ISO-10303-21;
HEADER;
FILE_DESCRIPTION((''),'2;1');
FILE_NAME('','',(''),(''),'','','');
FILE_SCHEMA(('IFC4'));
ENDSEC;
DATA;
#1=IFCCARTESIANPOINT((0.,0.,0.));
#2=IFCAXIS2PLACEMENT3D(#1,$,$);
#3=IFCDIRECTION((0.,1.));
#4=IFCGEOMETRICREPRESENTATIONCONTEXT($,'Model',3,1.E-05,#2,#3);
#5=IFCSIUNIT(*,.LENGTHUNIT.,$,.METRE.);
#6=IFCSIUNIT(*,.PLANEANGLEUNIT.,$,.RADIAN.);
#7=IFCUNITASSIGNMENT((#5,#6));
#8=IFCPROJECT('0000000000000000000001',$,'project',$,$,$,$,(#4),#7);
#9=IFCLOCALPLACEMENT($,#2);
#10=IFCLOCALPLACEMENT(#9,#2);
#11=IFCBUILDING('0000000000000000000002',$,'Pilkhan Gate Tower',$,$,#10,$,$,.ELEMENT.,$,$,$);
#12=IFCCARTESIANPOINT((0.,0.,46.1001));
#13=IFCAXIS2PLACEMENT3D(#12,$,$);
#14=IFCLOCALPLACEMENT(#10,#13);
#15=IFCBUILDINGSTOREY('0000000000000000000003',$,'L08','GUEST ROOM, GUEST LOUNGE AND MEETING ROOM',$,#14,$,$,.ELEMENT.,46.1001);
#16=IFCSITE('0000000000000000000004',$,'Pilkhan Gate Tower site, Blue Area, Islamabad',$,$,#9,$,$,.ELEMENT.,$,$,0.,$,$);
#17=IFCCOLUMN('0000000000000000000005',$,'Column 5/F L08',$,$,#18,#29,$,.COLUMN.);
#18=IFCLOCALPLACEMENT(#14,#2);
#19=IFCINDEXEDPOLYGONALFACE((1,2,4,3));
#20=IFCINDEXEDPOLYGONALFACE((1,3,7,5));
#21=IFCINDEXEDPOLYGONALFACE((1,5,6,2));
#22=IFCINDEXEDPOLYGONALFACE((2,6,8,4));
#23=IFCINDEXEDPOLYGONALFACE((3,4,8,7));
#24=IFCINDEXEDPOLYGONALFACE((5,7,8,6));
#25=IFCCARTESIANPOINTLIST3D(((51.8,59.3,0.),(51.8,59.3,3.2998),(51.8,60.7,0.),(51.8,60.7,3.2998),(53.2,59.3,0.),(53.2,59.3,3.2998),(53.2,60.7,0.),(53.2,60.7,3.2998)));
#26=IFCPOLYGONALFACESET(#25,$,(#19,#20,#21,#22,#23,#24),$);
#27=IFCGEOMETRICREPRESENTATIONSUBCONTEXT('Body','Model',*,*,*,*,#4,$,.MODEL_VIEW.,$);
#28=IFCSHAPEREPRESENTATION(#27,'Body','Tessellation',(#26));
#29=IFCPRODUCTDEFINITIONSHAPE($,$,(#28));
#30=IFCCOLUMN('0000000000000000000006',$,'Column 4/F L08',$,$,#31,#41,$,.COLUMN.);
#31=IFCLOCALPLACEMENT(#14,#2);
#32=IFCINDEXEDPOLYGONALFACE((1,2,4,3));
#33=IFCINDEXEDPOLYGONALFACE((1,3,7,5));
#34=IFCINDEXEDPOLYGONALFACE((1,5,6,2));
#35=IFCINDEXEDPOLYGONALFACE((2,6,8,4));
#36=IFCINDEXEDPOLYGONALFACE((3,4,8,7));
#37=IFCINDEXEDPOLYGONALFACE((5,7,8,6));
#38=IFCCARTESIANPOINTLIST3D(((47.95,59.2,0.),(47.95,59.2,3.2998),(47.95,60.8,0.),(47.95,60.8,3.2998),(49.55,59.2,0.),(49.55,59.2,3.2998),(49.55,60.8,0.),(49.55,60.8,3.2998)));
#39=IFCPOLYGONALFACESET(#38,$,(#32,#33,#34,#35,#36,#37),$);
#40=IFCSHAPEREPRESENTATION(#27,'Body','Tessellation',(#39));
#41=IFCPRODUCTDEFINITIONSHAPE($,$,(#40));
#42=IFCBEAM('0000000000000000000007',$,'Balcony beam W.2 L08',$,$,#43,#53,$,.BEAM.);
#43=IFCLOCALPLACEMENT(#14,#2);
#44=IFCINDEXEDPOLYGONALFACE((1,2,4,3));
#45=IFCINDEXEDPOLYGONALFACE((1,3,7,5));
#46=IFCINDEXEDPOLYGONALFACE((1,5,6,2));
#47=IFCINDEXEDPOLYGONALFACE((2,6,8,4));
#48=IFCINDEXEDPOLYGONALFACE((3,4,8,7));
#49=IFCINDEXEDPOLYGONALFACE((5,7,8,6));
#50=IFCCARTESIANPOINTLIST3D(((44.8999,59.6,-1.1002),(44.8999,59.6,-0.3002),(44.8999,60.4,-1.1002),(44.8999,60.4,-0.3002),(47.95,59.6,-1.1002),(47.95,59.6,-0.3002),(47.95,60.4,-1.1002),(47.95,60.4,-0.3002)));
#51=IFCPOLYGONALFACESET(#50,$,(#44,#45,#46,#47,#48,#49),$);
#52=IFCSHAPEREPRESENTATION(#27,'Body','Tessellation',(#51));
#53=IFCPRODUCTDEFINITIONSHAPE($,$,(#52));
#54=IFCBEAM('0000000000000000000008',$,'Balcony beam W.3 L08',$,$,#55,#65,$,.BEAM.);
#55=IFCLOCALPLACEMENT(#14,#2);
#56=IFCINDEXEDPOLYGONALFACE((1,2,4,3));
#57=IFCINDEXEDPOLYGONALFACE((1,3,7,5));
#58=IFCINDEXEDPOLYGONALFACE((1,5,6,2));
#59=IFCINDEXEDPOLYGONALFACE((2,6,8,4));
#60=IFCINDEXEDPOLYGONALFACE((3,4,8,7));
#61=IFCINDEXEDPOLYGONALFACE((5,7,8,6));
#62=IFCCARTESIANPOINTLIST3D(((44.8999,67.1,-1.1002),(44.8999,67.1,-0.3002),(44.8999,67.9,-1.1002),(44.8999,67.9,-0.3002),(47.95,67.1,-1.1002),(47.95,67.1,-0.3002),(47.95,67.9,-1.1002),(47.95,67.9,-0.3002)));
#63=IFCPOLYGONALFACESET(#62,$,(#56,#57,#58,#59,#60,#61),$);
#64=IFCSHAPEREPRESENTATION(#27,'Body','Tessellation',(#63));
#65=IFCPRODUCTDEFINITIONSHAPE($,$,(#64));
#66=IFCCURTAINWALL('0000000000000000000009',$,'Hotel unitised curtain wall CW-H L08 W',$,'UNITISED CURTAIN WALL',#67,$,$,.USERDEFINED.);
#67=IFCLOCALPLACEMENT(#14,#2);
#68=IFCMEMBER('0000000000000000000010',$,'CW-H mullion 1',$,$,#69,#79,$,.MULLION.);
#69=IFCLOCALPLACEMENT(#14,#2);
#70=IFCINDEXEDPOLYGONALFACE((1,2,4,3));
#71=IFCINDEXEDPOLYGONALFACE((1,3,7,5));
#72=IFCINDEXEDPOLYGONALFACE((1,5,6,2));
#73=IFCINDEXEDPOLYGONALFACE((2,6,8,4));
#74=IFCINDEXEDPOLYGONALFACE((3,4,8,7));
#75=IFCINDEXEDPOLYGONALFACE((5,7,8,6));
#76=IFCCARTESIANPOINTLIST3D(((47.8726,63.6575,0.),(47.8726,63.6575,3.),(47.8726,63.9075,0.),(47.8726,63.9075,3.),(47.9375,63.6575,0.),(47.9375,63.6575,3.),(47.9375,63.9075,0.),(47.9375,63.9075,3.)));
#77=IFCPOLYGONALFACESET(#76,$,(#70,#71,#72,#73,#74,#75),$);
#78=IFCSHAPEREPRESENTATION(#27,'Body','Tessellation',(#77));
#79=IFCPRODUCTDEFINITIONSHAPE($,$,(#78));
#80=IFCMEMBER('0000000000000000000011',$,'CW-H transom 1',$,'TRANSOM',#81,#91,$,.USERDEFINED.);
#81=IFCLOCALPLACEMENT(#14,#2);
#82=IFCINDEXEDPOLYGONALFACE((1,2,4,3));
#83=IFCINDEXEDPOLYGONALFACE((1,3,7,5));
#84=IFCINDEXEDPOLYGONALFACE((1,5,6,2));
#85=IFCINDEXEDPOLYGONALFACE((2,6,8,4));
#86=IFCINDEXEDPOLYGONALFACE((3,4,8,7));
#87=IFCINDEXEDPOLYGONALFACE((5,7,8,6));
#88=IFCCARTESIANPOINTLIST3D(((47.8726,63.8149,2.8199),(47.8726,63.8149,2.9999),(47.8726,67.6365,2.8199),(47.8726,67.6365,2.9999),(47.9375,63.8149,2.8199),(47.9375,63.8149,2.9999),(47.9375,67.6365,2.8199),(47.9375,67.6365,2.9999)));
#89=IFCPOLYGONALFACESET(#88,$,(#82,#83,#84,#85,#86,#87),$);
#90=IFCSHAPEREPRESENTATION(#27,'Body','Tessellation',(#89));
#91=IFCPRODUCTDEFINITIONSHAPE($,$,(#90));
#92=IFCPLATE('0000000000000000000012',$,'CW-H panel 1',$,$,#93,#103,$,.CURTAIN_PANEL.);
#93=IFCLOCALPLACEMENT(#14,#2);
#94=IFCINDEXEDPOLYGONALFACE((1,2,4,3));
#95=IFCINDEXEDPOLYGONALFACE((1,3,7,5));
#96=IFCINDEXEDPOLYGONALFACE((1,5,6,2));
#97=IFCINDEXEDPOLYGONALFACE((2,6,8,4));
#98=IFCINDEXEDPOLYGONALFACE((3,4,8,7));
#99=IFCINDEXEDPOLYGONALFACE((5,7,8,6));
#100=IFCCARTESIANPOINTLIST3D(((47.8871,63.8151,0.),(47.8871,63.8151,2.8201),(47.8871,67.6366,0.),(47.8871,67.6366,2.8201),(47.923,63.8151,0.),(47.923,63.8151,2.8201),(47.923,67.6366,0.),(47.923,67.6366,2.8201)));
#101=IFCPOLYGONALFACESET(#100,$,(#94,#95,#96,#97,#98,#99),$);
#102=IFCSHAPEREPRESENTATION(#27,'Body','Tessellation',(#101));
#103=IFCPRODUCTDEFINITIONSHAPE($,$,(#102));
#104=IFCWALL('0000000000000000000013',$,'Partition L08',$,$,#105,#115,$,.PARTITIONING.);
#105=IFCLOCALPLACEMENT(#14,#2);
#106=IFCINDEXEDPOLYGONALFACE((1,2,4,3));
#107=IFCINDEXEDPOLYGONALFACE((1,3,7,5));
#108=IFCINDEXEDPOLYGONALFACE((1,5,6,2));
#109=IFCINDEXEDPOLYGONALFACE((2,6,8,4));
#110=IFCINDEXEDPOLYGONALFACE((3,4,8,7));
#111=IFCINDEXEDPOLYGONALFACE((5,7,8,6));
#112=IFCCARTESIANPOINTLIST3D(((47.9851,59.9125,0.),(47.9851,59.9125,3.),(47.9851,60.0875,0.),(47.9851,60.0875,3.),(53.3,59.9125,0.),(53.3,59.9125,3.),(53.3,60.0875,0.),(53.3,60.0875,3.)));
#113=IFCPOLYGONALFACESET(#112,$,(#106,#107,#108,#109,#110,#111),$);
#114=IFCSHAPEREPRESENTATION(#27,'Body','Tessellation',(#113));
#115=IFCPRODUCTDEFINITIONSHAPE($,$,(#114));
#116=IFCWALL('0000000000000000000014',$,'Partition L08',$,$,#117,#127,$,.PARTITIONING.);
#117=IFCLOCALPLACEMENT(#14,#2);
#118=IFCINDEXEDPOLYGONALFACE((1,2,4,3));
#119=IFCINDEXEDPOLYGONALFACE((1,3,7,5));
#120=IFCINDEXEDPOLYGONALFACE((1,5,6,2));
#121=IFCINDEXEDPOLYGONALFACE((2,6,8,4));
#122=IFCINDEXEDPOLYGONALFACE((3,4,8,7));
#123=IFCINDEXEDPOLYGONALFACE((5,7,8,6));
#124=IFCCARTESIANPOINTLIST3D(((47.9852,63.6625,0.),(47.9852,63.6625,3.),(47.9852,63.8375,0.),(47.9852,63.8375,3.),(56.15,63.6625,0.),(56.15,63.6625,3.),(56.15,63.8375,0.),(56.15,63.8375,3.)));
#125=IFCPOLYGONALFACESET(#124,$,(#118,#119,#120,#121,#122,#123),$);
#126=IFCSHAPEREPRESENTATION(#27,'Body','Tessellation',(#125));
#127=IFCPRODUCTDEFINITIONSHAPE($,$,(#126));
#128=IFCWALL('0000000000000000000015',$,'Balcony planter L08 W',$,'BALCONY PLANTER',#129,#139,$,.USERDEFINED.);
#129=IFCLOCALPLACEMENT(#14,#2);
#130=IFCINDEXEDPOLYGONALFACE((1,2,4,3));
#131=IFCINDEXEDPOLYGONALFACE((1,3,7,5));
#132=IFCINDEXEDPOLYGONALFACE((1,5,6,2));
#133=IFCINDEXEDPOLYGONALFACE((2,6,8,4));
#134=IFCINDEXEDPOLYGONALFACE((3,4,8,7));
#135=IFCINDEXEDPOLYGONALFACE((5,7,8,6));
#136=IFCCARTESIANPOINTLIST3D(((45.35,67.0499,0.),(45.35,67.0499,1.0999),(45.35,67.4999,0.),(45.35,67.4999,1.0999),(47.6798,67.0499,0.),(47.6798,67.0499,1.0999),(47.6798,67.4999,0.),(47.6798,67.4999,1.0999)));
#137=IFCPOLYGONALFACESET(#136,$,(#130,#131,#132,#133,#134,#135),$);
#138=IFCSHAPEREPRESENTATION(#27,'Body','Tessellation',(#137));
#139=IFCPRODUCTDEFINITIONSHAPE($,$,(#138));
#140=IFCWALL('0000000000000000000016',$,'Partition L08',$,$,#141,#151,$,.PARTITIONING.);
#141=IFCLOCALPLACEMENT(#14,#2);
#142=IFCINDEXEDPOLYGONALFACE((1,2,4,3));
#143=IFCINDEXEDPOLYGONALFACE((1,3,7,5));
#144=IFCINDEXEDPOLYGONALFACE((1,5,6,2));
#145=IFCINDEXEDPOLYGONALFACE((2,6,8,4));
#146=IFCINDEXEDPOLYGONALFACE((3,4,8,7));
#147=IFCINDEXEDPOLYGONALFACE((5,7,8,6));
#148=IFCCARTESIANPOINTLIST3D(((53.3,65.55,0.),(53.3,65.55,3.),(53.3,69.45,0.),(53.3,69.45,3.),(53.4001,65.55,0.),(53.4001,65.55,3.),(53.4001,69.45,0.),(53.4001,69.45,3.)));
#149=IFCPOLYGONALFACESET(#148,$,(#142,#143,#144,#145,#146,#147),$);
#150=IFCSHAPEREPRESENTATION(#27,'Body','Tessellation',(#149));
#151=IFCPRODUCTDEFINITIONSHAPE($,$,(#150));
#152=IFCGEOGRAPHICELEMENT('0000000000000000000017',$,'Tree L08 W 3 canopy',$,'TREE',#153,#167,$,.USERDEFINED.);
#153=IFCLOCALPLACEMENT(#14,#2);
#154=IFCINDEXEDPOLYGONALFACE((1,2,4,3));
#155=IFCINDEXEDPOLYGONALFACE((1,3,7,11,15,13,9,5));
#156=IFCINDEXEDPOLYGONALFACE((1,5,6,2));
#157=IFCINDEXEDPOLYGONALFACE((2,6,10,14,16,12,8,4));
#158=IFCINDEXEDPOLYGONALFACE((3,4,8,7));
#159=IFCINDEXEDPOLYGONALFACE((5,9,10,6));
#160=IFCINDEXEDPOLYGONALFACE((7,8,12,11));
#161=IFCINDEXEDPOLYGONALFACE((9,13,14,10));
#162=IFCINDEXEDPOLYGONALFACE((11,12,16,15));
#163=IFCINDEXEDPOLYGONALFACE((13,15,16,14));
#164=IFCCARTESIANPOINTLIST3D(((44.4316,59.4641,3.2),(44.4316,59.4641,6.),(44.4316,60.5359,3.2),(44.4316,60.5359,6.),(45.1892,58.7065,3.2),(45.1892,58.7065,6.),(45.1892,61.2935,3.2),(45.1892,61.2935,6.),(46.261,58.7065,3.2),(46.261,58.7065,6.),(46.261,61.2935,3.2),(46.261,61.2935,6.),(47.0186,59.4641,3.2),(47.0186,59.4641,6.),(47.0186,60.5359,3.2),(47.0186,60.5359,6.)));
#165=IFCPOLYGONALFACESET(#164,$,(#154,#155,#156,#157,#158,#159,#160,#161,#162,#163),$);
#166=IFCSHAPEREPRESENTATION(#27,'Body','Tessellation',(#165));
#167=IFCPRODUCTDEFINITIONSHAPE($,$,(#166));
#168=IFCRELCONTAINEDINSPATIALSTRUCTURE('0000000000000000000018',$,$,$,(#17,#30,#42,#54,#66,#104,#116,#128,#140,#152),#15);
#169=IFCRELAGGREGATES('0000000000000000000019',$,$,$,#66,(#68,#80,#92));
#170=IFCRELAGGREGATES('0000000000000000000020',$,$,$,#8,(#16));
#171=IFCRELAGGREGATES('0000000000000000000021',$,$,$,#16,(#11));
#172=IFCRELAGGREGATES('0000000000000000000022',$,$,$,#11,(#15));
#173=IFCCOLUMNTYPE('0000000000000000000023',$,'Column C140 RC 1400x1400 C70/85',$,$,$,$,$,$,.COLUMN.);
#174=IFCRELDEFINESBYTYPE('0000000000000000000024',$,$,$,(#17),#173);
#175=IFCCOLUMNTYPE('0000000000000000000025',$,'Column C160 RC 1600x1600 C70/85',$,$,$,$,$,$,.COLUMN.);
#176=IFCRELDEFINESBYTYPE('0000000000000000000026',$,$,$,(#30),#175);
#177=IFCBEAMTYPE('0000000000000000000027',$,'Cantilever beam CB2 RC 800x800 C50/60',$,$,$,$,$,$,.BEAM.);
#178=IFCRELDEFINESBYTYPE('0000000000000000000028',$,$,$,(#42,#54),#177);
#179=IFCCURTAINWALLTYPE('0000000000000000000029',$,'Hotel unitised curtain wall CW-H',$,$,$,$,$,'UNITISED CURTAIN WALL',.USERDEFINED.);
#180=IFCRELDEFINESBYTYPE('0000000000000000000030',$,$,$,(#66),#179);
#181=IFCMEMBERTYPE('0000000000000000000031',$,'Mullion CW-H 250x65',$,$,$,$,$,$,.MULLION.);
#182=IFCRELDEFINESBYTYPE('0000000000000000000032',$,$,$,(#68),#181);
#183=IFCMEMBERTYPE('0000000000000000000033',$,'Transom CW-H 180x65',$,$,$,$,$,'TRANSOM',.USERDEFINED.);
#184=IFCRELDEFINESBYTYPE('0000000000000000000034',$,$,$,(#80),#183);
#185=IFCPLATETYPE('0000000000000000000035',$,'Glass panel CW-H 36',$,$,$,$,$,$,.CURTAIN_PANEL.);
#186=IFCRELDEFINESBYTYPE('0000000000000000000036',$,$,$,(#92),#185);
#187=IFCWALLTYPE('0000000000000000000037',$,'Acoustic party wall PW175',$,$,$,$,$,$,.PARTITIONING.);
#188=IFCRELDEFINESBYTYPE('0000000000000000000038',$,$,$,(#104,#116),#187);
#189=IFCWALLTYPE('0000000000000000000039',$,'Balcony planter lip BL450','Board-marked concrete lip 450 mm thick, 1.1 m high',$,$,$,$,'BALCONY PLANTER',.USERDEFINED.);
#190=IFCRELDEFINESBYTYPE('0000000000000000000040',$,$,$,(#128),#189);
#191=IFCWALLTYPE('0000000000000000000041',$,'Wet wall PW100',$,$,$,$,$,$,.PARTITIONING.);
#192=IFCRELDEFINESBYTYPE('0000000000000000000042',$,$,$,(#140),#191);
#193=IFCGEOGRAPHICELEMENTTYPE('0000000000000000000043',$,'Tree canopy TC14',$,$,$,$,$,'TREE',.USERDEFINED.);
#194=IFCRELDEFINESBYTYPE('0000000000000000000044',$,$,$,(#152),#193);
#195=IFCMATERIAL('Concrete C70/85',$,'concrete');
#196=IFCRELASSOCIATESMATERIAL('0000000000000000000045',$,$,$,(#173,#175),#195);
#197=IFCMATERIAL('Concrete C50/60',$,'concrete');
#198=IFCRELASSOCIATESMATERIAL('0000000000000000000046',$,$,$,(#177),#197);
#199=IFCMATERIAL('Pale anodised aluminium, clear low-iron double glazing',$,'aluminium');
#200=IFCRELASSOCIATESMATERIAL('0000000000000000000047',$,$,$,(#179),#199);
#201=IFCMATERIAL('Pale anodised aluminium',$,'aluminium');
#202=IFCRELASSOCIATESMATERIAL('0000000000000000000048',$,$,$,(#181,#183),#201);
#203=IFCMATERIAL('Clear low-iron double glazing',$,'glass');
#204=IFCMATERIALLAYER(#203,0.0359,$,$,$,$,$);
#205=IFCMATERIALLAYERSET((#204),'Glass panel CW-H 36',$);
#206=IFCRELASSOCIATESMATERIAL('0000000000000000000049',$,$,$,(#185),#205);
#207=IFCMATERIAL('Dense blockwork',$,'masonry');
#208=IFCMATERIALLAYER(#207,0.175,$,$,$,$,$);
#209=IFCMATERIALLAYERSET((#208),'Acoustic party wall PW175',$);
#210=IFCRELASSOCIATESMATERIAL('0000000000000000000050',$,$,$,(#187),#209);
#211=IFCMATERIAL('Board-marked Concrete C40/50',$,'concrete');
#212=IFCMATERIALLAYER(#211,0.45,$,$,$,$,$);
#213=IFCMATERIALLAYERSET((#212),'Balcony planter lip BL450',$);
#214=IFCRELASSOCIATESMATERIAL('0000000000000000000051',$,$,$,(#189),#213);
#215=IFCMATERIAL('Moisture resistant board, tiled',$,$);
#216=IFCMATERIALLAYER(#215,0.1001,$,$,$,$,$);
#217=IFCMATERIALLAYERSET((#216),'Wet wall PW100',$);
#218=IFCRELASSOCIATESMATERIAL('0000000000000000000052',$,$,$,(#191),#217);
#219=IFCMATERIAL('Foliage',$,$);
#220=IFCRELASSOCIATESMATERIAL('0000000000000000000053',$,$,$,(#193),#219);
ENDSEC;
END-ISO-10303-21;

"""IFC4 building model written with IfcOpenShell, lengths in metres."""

from ifc_helpers import new_model, si_unit, direction, frame, frame_2d, origin, origin_2d, place, context, subcontext, project, spatial, polyline, rectangle, outline, extrude, material, layer, layer_set, material_profile, profile_set, type_object, element, aggregate, save


model = new_model("IFC4")

# Units and contexts
model_context = context("Model", 3, precision=1e-05, world=origin(), true_north=direction((0.0, 1.0)))
body_context = subcontext(model_context, "Body", "Model", "MODEL_VIEW")
ifc_project = project(units=[si_unit("LENGTHUNIT", "METRE"), si_unit("PLANEANGLEUNIT", "RADIAN")], contexts=[model_context])

# Site, building, storey
site_placement = place(None, origin())
site = spatial("IfcSite", under=ifc_project, at=site_placement, Name="Pilkhan Gate Tower site, Blue Area, Islamabad", CompositionType="ELEMENT", RefElevation=0.0)
building_placement = place(site_placement, origin())
building = spatial("IfcBuilding", under=site, at=building_placement, Name="Pilkhan Gate Tower", CompositionType="ELEMENT")
storey_placement = place(building_placement, frame((0.0, 0.0, 46.1001)))
storey = spatial("IfcBuildingStorey", under=building, at=storey_placement, Name="L08", Description="GUEST ROOM, GUEST LOUNGE AND MEETING ROOM", CompositionType="ELEMENT", Elevation=46.1001)

# Columns
ifc_material_1 = material(Name="Concrete C70/85", Category="concrete")
ifc_material_profile_1 = material_profile(ifc_material_1, rectangle(XDim=1.3999, YDim=1.3999, at=origin_2d()), Name="RC 1400x1400")
ifc_profile_set_1 = profile_set([ifc_material_profile_1], Name="Concrete C70/85")
column_type_1 = type_object("IfcColumnType", Name="Column C140 RC 1400x1400 C70/85", PredefinedType="COLUMN", material=ifc_profile_set_1)
column_1_placement = place(storey_placement, frame((52.5, 60.0, 0.0), z_axis=(0.0, 0.0, 1.0), x_axis=(1.0, 0.0, 0.0)))
element("IfcColumn", 1, at=column_1_placement, inside=storey, type_object=column_type_1, Name="Column 5/F L08", PredefinedType="COLUMN", context=body_context, shape_type="SweptSolid", body=[
    extrude(rectangle(XDim=1.3999, YDim=1.3999, at=origin_2d()), origin(), (0.0, 0.0, 1.0), 3.2998),
])
ifc_material_profile_2 = material_profile(ifc_material_1, rectangle(XDim=1.6001, YDim=1.6001, at=origin_2d()), Name="RC 1600x1600")
ifc_profile_set_2 = profile_set([ifc_material_profile_2], Name="Concrete C70/85")
column_type_2 = type_object("IfcColumnType", Name="Column C160 RC 1600x1600 C70/85", PredefinedType="COLUMN", material=ifc_profile_set_2)
column_2_placement = place(storey_placement, frame((48.75, 60.0, 0.0), z_axis=(0.0, 0.0, 1.0), x_axis=(1.0, 0.0, 0.0)))
element("IfcColumn", 2, at=column_2_placement, inside=storey, type_object=column_type_2, Name="Column 4/F L08", PredefinedType="COLUMN", context=body_context, shape_type="SweptSolid", body=[
    extrude(rectangle(XDim=1.6001, YDim=1.6001, at=origin_2d()), origin(), (0.0, 0.0, 1.0), 3.2998),
])

# Beams
ifc_material_2 = material(Name="Concrete C50/60", Category="concrete")
ifc_material_profile_3 = material_profile(ifc_material_2, rectangle(XDim=0.8, YDim=0.8, at=origin_2d()), Name="RC 800x800")
ifc_profile_set_3 = profile_set([ifc_material_profile_3], Name="Concrete C50/60")
beam_type = type_object("IfcBeamType", Name="Cantilever beam CB2 RC 800x800 C50/60", PredefinedType="BEAM", material=ifc_profile_set_3)
for number, where, z_axis, x_axis, name in (
    (3, (47.95, 60.0, -0.7002), (-1.0, 0.0, 0.0), (0.0, -1.0, 0.0), "Balcony beam W.2 L08"),
    (4, (47.95, 67.5, -0.7002), (-1.0, 0.0, 0.0), (0.0, -1.0, 0.0), "Balcony beam W.3 L08"),
):
    element("IfcBeam", number, at=place(storey_placement, frame(where, z_axis=z_axis, x_axis=x_axis)), inside=storey, type_object=beam_type, Name=name, PredefinedType="BEAM", context=body_context, shape_type="SweptSolid", body=[
        extrude(rectangle(XDim=0.8, YDim=0.8, at=origin_2d()), origin(), (0.0, 0.0, 1.0), 3.05),
    ])

# Curtain wall, members, plate
ifc_material_3 = material(Name="Pale anodised aluminium, clear low-iron double glazing", Category="aluminium")
curtain_wall_type = type_object("IfcCurtainWallType", Name="Hotel unitised curtain wall CW-H", ElementType="UNITISED CURTAIN WALL", PredefinedType="USERDEFINED", material=ifc_material_3)
curtain_wall_placement = place(storey_placement, origin())
curtain_wall = element("IfcCurtainWall", 5, at=curtain_wall_placement, inside=storey, type_object=curtain_wall_type, Name="Hotel unitised curtain wall CW-H L08 W", ObjectType="UNITISED CURTAIN WALL", PredefinedType="USERDEFINED")
ifc_material_4 = material(Name="Pale anodised aluminium", Category="aluminium")
ifc_material_profile_4 = material_profile(ifc_material_4, rectangle(XDim=0.0649, YDim=0.25, at=origin_2d()), Name="Mullion 250x65")
ifc_profile_set_4 = profile_set([ifc_material_profile_4], Name="Pale anodised aluminium")
member_type_1 = type_object("IfcMemberType", Name="Mullion CW-H 250x65", PredefinedType="MULLION", material=ifc_profile_set_4)
member_1_placement = place(storey_placement, frame((47.905, 63.7825, 0.0), z_axis=(0.0, 0.0, 1.0), x_axis=(-1.0, 0.0, 0.0)))
member_1 = element("IfcMember", 6, at=member_1_placement, type_object=member_type_1, Name="CW-H mullion 1", PredefinedType="MULLION", context=body_context, shape_type="SweptSolid", body=[
    extrude(rectangle(XDim=0.0649, YDim=0.25, at=origin_2d()), origin(), (0.0, 0.0, 1.0), 3.0),
])
ifc_material_profile_5 = material_profile(ifc_material_4, rectangle(XDim=0.0649, YDim=0.1799, at=origin_2d()), Name="Transom 180x65")
ifc_profile_set_5 = profile_set([ifc_material_profile_5], Name="Pale anodised aluminium")
member_type_2 = type_object("IfcMemberType", Name="Transom CW-H 180x65", ElementType="TRANSOM", PredefinedType="USERDEFINED", material=ifc_profile_set_5)
member_2_placement = place(storey_placement, frame((47.905, 63.8149, 2.9099), z_axis=(0.0, 1.0, 0.0), x_axis=(-1.0, 0.0, 0.0)))
member_2 = element("IfcMember", 7, at=member_2_placement, type_object=member_type_2, Name="CW-H transom 1", ObjectType="TRANSOM", PredefinedType="USERDEFINED", context=body_context, shape_type="SweptSolid", body=[
    extrude(rectangle(XDim=0.0649, YDim=0.1799, at=origin_2d()), origin(), (0.0, 0.0, 1.0), 3.8215),
])
ifc_material_5 = material(Name="Clear low-iron double glazing", Category="glass")
ifc_layer_1 = layer(ifc_material_5, 0.0359)
ifc_layer_set_1 = layer_set([ifc_layer_1], Name="Glass panel CW-H 36")
plate_type = type_object("IfcPlateType", Name="Glass panel CW-H 36", PredefinedType="CURTAIN_PANEL", material=ifc_layer_set_1)
plate_placement = place(storey_placement, frame((47.905, 65.7258, 0.0), z_axis=(0.0, 0.0, 1.0), x_axis=(0.0, 1.0, 0.0)))
plate = element("IfcPlate", 8, at=plate_placement, type_object=plate_type, Name="CW-H panel 1", PredefinedType="CURTAIN_PANEL", context=body_context, shape_type="SweptSolid", body=[
    extrude(rectangle(XDim=3.8215, YDim=0.0359, at=origin_2d()), origin(), (0.0, 0.0, 1.0), 2.8201),
])
aggregate(curtain_wall, [member_1, member_2, plate])

# Walls
ifc_material_6 = material(Name="Dense blockwork", Category="masonry")
ifc_layer_2 = layer(ifc_material_6, 0.175)
ifc_layer_set_2 = layer_set([ifc_layer_2], Name="Acoustic party wall PW175")
wall_type_1 = type_object("IfcWallType", Name="Acoustic party wall PW175", PredefinedType="PARTITIONING", material=ifc_layer_set_2)
wall_1_placement = place(storey_placement, frame((47.9851, 60.0, 0.0), z_axis=(0.0, 0.0, 1.0), x_axis=(1.0, 0.0, 0.0)))
element("IfcWall", 9, at=wall_1_placement, inside=storey, type_object=wall_type_1, Name="Partition L08", PredefinedType="PARTITIONING", context=body_context, shape_type="SweptSolid", body=[
    extrude(rectangle(XDim=5.3149, YDim=0.175, at=frame_2d((2.6575, 0.0))), origin(), (0.0, 0.0, 1.0), 3.0),
])
wall_2_placement = place(storey_placement, frame((47.9851, 63.75, 0.0), z_axis=(0.0, 0.0, 1.0), x_axis=(1.0, 0.0, 0.0)))
element("IfcWall", 10, at=wall_2_placement, inside=storey, type_object=wall_type_1, Name="Partition L08", PredefinedType="PARTITIONING", context=body_context, shape_type="SweptSolid", body=[
    extrude(rectangle(XDim=8.1648, YDim=0.175, at=frame_2d((4.0825, 0.0))), origin(), (0.0, 0.0, 1.0), 3.0),
])
ifc_material_7 = material(Name="Board-marked Concrete C40/50", Category="concrete")
ifc_layer_3 = layer(ifc_material_7, 0.45)
ifc_layer_set_3 = layer_set([ifc_layer_3], Name="Balcony planter lip BL450")
wall_type_2 = type_object("IfcWallType", Name="Balcony planter lip BL450", Description="Board-marked concrete lip 450 mm thick, 1.1 m high", ElementType="BALCONY PLANTER", PredefinedType="USERDEFINED", material=ifc_layer_set_3)
wall_3_placement = place(storey_placement, frame((47.6799, 67.2749, 0.0), z_axis=(0.0, 0.0, 1.0), x_axis=(-1.0, 0.0, 0.0)))
element("IfcWall", 11, at=wall_3_placement, inside=storey, type_object=wall_type_2, Name="Balcony planter L08 W", ObjectType="BALCONY PLANTER", PredefinedType="USERDEFINED", context=body_context, shape_type="SweptSolid", body=[
    extrude(rectangle(XDim=2.3298, YDim=0.45, at=frame_2d((1.165, 0.0))), origin(), (0.0, 0.0, 1.0), 1.0999),
])

# Wall
ifc_material_8 = material(Name="Moisture resistant board, tiled")
ifc_layer_4 = layer(ifc_material_8, 0.1001)
ifc_layer_set_4 = layer_set([ifc_layer_4], Name="Wet wall PW100")
wall_type_3 = type_object("IfcWallType", Name="Wet wall PW100", PredefinedType="PARTITIONING", material=ifc_layer_set_4)
wall_4_placement = place(storey_placement, frame((53.3501, 65.55, 0.0), z_axis=(0.0, 0.0, 1.0), x_axis=(0.0, 1.0, 0.0)))
element("IfcWall", 12, at=wall_4_placement, inside=storey, type_object=wall_type_3, Name="Partition L08", PredefinedType="PARTITIONING", context=body_context, shape_type="SweptSolid", body=[
    extrude(rectangle(XDim=3.8999, YDim=0.1001, at=frame_2d((1.95, 0.0))), origin(), (0.0, 0.0, 1.0), 3.0),
])

# Geographic element
ifc_material_9 = material(Name="Foliage")
ifc_material_profile_6 = material_profile(ifc_material_9, outline(polyline([(1.2935, 0.5359), (0.5359, 1.2935), (-0.5359, 1.2935), (-1.2935, 0.5359), (-1.2935, -0.5359), (-0.5359, -1.2935), (0.5359, -1.2935), (1.2935, -0.5359), (1.2935, 0.5359)])), Name="Canopy D2.8")
ifc_profile_set_6 = profile_set([ifc_material_profile_6], Name="Foliage")
geographic_element_type_1 = type_object("IfcGeographicElementType", Name="Tree canopy TC14", ElementType="TREE", PredefinedType="USERDEFINED", material=ifc_profile_set_6)
for number, where, z_axis, x_axis, name in (
    (13, (45.7251, 60.0, 3.2), (0.0, 0.0, 1.0), (1.0, 0.0, 0.0), "Tree L08 W 3 canopy"),
):
    element("IfcGeographicElement", number, at=place(storey_placement, frame(where, z_axis=z_axis, x_axis=x_axis)), inside=storey, type_object=geographic_element_type_1, Name=name, ObjectType="TREE", PredefinedType="USERDEFINED", context=body_context, shape_type="SweptSolid", body=[
        extrude(outline(polyline([(1.2935, 0.5359), (0.5359, 1.2935), (-0.5359, 1.2935), (-1.2935, 0.5359), (-1.2935, -0.5359), (-0.5359, -1.2935), (0.5359, -1.2935), (1.2935, -0.5359), (1.2935, 0.5359)])), origin(), (0.0, 0.0, 1.0), 2.8),
    ])

save(model, "model.ifc")
